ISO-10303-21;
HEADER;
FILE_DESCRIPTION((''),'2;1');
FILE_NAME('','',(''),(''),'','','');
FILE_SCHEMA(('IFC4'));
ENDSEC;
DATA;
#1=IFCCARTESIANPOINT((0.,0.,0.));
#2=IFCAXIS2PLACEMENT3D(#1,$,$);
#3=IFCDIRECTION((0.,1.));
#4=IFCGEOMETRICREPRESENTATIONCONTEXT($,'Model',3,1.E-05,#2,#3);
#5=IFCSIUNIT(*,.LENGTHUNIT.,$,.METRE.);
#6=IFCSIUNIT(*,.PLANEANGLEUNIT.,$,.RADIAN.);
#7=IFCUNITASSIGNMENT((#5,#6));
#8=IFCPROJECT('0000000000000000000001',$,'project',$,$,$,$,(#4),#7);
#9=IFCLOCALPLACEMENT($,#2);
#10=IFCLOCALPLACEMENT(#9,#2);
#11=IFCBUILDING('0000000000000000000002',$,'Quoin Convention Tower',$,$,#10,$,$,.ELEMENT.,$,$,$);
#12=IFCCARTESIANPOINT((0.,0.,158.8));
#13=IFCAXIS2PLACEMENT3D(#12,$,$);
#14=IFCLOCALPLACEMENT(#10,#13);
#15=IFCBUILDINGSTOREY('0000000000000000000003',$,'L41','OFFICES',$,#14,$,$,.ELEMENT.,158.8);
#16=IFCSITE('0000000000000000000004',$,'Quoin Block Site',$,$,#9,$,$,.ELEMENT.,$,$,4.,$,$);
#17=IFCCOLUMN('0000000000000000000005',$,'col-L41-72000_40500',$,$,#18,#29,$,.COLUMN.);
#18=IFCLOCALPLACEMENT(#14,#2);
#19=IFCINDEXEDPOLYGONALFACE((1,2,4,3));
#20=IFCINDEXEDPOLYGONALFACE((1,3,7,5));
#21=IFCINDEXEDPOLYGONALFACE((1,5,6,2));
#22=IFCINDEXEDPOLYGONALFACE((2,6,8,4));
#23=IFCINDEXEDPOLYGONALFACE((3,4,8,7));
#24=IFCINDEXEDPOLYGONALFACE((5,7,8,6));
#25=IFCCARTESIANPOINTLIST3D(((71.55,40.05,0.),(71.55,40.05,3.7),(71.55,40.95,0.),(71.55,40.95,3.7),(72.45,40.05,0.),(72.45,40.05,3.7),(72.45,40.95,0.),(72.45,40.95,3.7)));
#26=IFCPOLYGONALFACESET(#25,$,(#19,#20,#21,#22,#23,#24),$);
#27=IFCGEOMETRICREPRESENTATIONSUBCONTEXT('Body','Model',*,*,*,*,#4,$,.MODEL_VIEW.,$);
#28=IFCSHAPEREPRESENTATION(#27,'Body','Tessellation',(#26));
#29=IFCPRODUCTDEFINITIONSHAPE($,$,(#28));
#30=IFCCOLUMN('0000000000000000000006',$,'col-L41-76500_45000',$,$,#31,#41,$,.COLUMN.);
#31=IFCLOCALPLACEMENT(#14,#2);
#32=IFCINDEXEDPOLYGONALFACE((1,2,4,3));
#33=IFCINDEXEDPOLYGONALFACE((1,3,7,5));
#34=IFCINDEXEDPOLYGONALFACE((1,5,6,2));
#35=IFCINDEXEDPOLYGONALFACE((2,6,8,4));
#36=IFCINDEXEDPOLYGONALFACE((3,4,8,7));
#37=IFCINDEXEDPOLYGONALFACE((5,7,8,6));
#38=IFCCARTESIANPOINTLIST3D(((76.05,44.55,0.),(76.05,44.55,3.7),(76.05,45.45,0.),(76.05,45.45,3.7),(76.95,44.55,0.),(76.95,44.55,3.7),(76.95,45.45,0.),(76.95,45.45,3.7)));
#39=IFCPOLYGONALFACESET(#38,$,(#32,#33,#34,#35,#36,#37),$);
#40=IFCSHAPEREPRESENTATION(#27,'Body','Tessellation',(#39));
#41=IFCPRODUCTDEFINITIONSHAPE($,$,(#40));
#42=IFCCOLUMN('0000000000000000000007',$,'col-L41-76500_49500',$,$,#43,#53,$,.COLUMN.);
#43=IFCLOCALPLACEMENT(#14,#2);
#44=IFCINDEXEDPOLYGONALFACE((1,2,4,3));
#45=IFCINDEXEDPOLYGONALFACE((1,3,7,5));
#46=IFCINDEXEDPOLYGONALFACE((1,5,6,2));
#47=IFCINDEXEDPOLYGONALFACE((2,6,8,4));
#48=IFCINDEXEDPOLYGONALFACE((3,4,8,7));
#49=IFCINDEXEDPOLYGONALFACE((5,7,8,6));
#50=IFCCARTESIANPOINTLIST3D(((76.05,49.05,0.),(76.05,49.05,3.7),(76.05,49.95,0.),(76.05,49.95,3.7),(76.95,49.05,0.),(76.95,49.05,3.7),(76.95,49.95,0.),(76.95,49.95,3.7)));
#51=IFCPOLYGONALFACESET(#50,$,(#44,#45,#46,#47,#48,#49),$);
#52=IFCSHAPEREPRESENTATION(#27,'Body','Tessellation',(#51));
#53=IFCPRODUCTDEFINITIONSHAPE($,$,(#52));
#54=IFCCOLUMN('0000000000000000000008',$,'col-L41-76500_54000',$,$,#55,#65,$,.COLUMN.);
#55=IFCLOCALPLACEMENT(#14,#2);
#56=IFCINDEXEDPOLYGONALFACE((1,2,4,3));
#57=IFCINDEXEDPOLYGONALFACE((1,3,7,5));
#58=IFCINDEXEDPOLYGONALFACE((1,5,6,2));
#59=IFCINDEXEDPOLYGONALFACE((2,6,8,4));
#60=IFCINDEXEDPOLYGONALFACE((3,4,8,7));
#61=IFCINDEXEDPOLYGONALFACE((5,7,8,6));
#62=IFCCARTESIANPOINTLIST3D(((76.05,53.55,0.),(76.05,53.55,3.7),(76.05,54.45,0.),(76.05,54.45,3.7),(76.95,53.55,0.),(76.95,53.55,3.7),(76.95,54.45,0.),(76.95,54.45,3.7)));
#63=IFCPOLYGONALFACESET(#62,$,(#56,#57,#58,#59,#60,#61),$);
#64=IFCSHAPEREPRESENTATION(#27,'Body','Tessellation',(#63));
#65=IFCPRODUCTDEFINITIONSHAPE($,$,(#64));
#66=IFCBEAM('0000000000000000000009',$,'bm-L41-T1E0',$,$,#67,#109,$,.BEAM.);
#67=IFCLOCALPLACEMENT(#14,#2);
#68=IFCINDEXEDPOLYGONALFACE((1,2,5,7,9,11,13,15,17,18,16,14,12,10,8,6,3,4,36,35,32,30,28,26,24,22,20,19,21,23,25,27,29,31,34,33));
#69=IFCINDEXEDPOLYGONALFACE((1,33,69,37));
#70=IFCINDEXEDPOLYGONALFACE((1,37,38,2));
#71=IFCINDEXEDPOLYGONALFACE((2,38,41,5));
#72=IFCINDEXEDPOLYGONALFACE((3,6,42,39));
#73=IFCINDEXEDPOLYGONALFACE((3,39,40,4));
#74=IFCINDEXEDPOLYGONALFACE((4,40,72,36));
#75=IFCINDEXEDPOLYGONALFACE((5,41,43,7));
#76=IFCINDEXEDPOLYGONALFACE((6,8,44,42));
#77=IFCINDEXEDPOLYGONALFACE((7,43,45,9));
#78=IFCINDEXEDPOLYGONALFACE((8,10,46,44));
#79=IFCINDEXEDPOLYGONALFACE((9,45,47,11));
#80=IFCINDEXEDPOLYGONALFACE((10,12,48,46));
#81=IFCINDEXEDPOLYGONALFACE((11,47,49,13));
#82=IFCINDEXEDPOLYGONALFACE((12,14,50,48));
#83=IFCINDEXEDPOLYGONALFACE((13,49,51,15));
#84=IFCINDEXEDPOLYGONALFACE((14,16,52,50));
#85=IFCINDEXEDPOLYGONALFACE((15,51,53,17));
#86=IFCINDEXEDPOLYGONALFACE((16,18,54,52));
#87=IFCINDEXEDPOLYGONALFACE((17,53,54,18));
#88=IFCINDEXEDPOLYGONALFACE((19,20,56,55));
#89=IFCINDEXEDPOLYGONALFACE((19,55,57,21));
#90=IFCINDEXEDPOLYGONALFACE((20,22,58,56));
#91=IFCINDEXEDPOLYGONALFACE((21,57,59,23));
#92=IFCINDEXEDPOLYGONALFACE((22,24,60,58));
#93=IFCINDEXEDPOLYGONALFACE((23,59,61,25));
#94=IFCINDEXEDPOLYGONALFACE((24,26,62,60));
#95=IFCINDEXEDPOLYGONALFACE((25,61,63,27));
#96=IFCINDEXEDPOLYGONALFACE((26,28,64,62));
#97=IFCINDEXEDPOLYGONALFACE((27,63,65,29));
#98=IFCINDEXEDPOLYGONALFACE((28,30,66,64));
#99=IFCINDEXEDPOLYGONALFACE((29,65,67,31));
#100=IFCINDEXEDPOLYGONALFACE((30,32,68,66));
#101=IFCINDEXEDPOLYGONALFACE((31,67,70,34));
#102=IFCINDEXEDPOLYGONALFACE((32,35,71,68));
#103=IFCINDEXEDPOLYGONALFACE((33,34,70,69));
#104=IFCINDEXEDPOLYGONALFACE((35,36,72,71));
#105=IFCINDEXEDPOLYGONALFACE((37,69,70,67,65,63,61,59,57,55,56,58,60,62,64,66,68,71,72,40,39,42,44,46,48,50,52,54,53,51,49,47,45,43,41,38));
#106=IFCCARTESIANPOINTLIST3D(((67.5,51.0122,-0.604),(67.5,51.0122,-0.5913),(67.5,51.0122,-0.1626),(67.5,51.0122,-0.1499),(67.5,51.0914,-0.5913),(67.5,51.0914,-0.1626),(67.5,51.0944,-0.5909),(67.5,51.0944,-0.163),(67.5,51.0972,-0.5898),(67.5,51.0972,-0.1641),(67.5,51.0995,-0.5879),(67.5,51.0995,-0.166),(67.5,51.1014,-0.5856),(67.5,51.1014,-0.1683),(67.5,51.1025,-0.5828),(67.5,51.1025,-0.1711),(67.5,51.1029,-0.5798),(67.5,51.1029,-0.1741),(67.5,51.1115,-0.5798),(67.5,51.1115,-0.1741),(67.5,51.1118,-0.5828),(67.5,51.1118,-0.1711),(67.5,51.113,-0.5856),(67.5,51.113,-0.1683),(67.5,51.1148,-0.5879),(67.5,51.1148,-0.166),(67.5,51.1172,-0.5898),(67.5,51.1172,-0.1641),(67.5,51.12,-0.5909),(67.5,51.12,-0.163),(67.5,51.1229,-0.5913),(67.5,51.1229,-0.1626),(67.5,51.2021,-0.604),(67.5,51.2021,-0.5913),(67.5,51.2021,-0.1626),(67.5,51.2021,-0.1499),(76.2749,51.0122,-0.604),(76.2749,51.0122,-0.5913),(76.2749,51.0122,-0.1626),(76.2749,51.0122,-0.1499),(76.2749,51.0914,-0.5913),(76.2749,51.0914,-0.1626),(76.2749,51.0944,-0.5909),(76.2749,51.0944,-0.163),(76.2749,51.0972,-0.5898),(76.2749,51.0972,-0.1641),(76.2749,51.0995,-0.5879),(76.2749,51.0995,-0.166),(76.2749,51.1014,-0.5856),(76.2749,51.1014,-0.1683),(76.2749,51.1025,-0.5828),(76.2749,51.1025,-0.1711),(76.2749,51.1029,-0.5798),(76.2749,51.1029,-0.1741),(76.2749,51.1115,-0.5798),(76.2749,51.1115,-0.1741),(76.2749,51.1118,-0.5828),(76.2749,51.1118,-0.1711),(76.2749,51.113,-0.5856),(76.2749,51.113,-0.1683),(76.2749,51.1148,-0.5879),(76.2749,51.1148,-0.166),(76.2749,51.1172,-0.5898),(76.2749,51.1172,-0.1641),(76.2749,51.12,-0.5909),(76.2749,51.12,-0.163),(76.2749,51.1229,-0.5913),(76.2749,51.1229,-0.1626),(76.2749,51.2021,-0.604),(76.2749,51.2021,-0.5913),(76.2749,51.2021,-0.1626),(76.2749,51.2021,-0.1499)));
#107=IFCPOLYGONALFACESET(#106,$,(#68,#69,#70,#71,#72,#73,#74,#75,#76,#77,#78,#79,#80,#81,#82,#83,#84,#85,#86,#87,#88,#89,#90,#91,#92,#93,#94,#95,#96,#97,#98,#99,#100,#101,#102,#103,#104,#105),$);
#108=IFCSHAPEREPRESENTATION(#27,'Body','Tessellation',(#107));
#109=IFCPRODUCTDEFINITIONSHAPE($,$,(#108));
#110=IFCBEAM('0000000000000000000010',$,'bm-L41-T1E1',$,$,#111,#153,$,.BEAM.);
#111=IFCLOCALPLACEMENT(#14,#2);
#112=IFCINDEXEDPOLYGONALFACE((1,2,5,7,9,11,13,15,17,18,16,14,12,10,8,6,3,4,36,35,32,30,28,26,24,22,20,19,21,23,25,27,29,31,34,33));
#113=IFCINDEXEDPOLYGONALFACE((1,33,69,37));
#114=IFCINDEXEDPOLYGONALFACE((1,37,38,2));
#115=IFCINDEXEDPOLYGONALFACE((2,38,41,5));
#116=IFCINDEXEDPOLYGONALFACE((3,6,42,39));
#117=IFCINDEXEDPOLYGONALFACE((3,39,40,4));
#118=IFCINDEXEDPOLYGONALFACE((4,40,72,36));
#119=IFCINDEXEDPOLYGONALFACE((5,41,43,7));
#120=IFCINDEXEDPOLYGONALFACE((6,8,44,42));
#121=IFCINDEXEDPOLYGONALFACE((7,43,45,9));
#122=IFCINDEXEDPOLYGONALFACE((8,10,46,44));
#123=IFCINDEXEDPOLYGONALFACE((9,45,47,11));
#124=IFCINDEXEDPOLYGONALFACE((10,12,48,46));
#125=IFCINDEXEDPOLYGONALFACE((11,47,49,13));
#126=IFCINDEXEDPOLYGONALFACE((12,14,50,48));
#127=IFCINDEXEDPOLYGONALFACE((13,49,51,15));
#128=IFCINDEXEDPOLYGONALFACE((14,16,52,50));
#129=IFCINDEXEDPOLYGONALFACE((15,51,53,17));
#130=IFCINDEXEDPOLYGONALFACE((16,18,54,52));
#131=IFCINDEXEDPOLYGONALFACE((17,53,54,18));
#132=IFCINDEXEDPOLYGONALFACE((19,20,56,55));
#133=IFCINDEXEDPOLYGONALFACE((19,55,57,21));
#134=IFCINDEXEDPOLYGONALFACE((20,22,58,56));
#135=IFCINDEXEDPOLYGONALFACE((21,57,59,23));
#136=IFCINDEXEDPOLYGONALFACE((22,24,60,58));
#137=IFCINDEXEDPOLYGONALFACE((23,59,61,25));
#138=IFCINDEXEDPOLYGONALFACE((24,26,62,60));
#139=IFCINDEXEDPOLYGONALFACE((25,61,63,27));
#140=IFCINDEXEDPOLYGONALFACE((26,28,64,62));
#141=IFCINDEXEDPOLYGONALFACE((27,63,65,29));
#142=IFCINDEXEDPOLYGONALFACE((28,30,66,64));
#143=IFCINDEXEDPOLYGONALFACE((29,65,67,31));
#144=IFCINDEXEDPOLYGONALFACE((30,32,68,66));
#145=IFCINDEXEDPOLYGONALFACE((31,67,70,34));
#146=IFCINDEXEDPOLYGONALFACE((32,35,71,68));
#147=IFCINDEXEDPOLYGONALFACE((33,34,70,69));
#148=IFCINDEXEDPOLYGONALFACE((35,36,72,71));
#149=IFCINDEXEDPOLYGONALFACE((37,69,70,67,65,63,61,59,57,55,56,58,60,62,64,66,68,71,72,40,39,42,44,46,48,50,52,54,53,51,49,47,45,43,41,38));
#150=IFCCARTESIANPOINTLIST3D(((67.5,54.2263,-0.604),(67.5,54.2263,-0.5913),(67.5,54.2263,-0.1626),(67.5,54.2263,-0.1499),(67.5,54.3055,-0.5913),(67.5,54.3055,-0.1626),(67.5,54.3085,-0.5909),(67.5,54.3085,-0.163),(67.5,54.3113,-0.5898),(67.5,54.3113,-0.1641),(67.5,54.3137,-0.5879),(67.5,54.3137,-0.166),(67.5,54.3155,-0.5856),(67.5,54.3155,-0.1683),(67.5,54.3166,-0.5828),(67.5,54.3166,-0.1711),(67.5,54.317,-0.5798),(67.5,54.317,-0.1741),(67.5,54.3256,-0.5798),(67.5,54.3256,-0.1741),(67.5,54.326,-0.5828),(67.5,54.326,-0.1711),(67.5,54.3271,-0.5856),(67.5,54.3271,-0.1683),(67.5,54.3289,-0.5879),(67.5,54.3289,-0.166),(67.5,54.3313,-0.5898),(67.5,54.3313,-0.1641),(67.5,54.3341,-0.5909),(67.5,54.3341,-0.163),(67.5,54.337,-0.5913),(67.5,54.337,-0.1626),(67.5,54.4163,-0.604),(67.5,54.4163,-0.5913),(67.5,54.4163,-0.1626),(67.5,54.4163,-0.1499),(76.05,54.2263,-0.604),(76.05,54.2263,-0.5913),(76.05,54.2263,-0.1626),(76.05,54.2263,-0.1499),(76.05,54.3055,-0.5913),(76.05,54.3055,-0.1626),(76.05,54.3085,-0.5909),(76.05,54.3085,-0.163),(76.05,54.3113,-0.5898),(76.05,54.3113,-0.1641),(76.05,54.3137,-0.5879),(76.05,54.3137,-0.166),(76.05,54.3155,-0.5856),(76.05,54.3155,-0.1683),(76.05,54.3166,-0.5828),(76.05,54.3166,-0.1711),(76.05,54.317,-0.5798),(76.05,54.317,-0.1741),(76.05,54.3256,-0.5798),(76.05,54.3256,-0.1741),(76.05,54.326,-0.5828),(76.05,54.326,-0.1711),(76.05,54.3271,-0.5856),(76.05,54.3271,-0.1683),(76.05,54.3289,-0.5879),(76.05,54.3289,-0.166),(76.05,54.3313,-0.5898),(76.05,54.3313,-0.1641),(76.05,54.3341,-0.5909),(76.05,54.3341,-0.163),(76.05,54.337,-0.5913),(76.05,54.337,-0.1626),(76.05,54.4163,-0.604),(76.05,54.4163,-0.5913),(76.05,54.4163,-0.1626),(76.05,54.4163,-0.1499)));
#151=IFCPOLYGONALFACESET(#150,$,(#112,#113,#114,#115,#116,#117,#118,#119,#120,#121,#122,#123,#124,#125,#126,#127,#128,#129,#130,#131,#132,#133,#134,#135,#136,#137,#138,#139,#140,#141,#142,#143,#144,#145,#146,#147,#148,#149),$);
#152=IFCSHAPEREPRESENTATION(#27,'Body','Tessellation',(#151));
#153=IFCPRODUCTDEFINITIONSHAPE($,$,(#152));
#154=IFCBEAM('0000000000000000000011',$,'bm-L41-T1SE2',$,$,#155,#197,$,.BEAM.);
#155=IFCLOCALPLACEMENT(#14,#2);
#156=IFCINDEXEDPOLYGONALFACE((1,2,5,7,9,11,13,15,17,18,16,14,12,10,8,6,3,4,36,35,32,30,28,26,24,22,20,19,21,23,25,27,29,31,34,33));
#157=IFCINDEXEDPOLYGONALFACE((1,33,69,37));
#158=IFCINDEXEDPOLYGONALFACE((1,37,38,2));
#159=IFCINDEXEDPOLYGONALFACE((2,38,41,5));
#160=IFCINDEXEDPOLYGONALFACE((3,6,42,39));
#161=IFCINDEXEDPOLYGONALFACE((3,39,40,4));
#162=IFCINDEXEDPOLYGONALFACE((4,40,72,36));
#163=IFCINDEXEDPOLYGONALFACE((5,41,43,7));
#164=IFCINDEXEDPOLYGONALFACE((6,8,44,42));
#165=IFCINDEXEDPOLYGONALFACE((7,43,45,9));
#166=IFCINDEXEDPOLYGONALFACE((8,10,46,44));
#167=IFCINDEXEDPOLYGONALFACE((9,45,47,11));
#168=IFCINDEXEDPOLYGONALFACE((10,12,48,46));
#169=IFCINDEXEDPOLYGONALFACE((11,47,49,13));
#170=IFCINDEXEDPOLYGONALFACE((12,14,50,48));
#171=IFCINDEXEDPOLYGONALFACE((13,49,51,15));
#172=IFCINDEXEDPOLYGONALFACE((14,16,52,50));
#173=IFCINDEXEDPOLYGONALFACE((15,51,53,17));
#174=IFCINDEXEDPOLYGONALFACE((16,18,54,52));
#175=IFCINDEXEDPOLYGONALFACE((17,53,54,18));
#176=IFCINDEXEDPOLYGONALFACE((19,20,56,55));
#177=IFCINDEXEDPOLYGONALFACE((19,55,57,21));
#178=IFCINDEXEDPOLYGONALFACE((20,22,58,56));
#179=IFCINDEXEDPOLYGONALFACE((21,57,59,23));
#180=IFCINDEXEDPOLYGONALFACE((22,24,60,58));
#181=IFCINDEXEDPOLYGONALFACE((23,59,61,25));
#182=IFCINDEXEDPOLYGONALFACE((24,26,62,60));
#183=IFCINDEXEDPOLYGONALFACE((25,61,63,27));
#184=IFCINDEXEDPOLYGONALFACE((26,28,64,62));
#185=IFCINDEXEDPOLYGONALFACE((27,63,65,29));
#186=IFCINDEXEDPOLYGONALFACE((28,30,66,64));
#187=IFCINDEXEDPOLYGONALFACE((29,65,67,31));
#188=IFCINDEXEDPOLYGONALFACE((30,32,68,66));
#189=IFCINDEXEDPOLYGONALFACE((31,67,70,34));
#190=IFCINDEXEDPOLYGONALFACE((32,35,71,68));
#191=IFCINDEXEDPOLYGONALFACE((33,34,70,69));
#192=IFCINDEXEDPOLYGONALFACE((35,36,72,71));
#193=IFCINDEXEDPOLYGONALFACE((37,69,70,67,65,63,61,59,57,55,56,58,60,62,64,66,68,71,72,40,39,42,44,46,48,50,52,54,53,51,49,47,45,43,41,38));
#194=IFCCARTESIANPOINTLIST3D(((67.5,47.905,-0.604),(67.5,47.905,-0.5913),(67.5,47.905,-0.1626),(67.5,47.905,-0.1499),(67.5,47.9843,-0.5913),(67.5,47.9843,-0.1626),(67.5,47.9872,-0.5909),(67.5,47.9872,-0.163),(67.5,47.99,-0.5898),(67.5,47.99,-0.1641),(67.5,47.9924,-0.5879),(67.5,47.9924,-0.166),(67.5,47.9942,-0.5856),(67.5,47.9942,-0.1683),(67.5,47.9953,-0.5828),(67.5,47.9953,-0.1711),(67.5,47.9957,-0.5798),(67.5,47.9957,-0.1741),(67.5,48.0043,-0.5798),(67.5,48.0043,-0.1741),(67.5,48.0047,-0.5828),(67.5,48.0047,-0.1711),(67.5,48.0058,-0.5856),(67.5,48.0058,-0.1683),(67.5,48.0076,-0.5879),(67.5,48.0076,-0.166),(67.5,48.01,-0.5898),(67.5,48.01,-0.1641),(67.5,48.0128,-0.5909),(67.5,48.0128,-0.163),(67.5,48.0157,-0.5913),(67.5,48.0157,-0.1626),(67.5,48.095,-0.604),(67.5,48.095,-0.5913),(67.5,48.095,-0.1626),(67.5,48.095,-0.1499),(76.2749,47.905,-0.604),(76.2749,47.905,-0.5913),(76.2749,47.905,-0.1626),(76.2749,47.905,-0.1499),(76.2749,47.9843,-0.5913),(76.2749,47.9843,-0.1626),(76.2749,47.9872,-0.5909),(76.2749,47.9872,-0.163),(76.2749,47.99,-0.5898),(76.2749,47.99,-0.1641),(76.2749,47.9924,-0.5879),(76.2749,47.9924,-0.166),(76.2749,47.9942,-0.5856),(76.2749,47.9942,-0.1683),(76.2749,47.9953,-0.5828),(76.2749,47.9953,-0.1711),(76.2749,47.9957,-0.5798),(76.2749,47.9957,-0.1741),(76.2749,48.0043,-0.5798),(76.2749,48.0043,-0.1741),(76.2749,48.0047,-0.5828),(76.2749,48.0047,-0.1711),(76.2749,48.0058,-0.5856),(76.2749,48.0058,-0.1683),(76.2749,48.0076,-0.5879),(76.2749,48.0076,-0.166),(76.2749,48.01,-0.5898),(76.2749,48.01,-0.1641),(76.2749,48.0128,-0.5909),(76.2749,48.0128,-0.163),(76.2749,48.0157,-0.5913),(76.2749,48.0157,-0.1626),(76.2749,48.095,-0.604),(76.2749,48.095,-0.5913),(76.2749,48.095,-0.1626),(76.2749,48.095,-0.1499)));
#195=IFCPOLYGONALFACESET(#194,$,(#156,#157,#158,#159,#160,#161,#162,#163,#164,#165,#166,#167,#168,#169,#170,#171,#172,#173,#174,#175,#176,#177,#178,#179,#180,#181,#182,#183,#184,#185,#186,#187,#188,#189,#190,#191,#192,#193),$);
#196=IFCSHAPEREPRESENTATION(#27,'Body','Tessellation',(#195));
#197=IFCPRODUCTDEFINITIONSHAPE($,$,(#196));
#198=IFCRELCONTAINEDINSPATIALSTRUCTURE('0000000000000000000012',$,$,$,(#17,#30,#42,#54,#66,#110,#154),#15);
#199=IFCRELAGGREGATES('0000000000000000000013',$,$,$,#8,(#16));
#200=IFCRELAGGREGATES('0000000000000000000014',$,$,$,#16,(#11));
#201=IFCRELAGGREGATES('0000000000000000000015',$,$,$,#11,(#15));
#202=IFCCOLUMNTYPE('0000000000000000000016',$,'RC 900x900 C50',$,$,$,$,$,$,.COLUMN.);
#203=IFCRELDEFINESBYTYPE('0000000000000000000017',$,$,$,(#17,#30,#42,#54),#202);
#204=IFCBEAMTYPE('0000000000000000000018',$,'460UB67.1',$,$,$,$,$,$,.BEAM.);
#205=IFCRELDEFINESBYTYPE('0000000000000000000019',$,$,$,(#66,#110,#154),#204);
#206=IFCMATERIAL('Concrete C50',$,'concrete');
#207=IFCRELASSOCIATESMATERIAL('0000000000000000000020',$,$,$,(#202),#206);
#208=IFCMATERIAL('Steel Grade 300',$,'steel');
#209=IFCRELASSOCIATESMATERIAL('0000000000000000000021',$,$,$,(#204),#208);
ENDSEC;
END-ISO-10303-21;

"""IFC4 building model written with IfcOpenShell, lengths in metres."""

from ifc_helpers import new_model, si_unit, direction, frame, origin, origin_2d, place, context, subcontext, project, spatial, rectangle, i_section, extrude, material, material_profile, profile_set, type_object, element, save


model = new_model("IFC4")

# Units and contexts
model_context = context("Model", 3, precision=1e-05, world=origin(), true_north=direction((0.0, 1.0)))
body_context = subcontext(model_context, "Body", "Model", "MODEL_VIEW")
ifc_project = project(units=[si_unit("LENGTHUNIT", "METRE"), si_unit("PLANEANGLEUNIT", "RADIAN")], contexts=[model_context])

# Site, building, storey
site_placement = place(None, origin())
site = spatial("IfcSite", under=ifc_project, at=site_placement, Name="Quoin Block Site", CompositionType="ELEMENT", RefElevation=4.0)
building_placement = place(site_placement, origin())
building = spatial("IfcBuilding", under=site, at=building_placement, Name="Quoin Convention Tower", CompositionType="ELEMENT")
storey_placement = place(building_placement, frame((0.0, 0.0, 158.8)))
storey = spatial("IfcBuildingStorey", under=building, at=storey_placement, Name="L41", Description="OFFICES", CompositionType="ELEMENT", Elevation=158.8)

# Columns
ifc_material_1 = material(Name="Concrete C50", Category="concrete")
ifc_material_profile_1 = material_profile(ifc_material_1, rectangle(XDim=0.8999, YDim=0.8999, at=origin_2d()), Name="RC 900x900")
ifc_profile_set_1 = profile_set([ifc_material_profile_1], Name="Concrete C50")
column_type = type_object("IfcColumnType", Name="RC 900x900 C50", PredefinedType="COLUMN", material=ifc_profile_set_1)
for number, where, z_axis, x_axis, name in (
    (1, (72.0, 40.5, 0.0), (0.0, 0.0, 1.0), (1.0, 0.0, 0.0), "col-L41-72000_40500"),
    (2, (76.5, 45.0, 0.0), (0.0, 0.0, 1.0), (1.0, 0.0, 0.0), "col-L41-76500_45000"),
    (3, (76.5, 49.5, 0.0), (0.0, 0.0, 1.0), (1.0, 0.0, 0.0), "col-L41-76500_49500"),
    (4, (76.5, 54.0, 0.0), (0.0, 0.0, 1.0), (1.0, 0.0, 0.0), "col-L41-76500_54000"),
):
    element("IfcColumn", number, at=place(storey_placement, frame(where, z_axis=z_axis, x_axis=x_axis)), inside=storey, type_object=column_type, Name=name, PredefinedType="COLUMN", context=body_context, shape_type="SweptSolid", body=[
        extrude(rectangle(XDim=0.8999, YDim=0.8999, at=origin_2d()), origin(), (0.0, 0.0, 1.0), 3.7),
    ])

# Beams
ifc_material_2 = material(Name="Steel Grade 300", Category="steel")
ifc_material_profile_2 = material_profile(ifc_material_2, i_section(OverallWidth=0.1899, OverallDepth=0.4541, WebThickness=0.0085, FlangeThickness=0.0127, FilletRadius=0.0115, at=origin_2d()), Name="460UB67.1")
ifc_profile_set_2 = profile_set([ifc_material_profile_2], Name="Steel Grade 300")
beam_type_1 = type_object("IfcBeamType", Name="460UB67.1", PredefinedType="BEAM", material=ifc_profile_set_2)
beam_1_placement = place(storey_placement, frame((67.5, 51.1072, -0.377), z_axis=(1.0, 0.0, 0.0), x_axis=(0.0, 1.0, 0.0)))
element("IfcBeam", 5, at=beam_1_placement, inside=storey, type_object=beam_type_1, Name="bm-L41-T1E0", PredefinedType="BEAM", context=body_context, shape_type="SweptSolid", body=[
    extrude(i_section(OverallWidth=0.1899, OverallDepth=0.4541, WebThickness=0.0085, FlangeThickness=0.0127, FilletRadius=0.0115, at=origin_2d()), origin(), (0.0, 0.0, 1.0), 8.7749),
])
beam_2_placement = place(storey_placement, frame((67.5, 54.3213, -0.377), z_axis=(1.0, 0.0, 0.0), x_axis=(0.0, 1.0, 0.0)))
element("IfcBeam", 6, at=beam_2_placement, inside=storey, type_object=beam_type_1, Name="bm-L41-T1E1", PredefinedType="BEAM", context=body_context, shape_type="SweptSolid", body=[
    extrude(i_section(OverallWidth=0.1899, OverallDepth=0.4541, WebThickness=0.0085, FlangeThickness=0.0127, FilletRadius=0.0115, at=origin_2d()), origin(), (0.0, 0.0, 1.0), 8.55),
])
beam_3_placement = place(storey_placement, frame((67.5, 48.0, -0.377), z_axis=(1.0, 0.0, 0.0), x_axis=(0.0, 1.0, 0.0)))
element("IfcBeam", 7, at=beam_3_placement, inside=storey, type_object=beam_type_1, Name="bm-L41-T1SE2", PredefinedType="BEAM", context=body_context, shape_type="SweptSolid", body=[
    extrude(i_section(OverallWidth=0.1899, OverallDepth=0.4541, WebThickness=0.0085, FlangeThickness=0.0127, FilletRadius=0.0115, at=origin_2d()), origin(), (0.0, 0.0, 1.0), 8.7749),
])

save(model, "model.ifc")
